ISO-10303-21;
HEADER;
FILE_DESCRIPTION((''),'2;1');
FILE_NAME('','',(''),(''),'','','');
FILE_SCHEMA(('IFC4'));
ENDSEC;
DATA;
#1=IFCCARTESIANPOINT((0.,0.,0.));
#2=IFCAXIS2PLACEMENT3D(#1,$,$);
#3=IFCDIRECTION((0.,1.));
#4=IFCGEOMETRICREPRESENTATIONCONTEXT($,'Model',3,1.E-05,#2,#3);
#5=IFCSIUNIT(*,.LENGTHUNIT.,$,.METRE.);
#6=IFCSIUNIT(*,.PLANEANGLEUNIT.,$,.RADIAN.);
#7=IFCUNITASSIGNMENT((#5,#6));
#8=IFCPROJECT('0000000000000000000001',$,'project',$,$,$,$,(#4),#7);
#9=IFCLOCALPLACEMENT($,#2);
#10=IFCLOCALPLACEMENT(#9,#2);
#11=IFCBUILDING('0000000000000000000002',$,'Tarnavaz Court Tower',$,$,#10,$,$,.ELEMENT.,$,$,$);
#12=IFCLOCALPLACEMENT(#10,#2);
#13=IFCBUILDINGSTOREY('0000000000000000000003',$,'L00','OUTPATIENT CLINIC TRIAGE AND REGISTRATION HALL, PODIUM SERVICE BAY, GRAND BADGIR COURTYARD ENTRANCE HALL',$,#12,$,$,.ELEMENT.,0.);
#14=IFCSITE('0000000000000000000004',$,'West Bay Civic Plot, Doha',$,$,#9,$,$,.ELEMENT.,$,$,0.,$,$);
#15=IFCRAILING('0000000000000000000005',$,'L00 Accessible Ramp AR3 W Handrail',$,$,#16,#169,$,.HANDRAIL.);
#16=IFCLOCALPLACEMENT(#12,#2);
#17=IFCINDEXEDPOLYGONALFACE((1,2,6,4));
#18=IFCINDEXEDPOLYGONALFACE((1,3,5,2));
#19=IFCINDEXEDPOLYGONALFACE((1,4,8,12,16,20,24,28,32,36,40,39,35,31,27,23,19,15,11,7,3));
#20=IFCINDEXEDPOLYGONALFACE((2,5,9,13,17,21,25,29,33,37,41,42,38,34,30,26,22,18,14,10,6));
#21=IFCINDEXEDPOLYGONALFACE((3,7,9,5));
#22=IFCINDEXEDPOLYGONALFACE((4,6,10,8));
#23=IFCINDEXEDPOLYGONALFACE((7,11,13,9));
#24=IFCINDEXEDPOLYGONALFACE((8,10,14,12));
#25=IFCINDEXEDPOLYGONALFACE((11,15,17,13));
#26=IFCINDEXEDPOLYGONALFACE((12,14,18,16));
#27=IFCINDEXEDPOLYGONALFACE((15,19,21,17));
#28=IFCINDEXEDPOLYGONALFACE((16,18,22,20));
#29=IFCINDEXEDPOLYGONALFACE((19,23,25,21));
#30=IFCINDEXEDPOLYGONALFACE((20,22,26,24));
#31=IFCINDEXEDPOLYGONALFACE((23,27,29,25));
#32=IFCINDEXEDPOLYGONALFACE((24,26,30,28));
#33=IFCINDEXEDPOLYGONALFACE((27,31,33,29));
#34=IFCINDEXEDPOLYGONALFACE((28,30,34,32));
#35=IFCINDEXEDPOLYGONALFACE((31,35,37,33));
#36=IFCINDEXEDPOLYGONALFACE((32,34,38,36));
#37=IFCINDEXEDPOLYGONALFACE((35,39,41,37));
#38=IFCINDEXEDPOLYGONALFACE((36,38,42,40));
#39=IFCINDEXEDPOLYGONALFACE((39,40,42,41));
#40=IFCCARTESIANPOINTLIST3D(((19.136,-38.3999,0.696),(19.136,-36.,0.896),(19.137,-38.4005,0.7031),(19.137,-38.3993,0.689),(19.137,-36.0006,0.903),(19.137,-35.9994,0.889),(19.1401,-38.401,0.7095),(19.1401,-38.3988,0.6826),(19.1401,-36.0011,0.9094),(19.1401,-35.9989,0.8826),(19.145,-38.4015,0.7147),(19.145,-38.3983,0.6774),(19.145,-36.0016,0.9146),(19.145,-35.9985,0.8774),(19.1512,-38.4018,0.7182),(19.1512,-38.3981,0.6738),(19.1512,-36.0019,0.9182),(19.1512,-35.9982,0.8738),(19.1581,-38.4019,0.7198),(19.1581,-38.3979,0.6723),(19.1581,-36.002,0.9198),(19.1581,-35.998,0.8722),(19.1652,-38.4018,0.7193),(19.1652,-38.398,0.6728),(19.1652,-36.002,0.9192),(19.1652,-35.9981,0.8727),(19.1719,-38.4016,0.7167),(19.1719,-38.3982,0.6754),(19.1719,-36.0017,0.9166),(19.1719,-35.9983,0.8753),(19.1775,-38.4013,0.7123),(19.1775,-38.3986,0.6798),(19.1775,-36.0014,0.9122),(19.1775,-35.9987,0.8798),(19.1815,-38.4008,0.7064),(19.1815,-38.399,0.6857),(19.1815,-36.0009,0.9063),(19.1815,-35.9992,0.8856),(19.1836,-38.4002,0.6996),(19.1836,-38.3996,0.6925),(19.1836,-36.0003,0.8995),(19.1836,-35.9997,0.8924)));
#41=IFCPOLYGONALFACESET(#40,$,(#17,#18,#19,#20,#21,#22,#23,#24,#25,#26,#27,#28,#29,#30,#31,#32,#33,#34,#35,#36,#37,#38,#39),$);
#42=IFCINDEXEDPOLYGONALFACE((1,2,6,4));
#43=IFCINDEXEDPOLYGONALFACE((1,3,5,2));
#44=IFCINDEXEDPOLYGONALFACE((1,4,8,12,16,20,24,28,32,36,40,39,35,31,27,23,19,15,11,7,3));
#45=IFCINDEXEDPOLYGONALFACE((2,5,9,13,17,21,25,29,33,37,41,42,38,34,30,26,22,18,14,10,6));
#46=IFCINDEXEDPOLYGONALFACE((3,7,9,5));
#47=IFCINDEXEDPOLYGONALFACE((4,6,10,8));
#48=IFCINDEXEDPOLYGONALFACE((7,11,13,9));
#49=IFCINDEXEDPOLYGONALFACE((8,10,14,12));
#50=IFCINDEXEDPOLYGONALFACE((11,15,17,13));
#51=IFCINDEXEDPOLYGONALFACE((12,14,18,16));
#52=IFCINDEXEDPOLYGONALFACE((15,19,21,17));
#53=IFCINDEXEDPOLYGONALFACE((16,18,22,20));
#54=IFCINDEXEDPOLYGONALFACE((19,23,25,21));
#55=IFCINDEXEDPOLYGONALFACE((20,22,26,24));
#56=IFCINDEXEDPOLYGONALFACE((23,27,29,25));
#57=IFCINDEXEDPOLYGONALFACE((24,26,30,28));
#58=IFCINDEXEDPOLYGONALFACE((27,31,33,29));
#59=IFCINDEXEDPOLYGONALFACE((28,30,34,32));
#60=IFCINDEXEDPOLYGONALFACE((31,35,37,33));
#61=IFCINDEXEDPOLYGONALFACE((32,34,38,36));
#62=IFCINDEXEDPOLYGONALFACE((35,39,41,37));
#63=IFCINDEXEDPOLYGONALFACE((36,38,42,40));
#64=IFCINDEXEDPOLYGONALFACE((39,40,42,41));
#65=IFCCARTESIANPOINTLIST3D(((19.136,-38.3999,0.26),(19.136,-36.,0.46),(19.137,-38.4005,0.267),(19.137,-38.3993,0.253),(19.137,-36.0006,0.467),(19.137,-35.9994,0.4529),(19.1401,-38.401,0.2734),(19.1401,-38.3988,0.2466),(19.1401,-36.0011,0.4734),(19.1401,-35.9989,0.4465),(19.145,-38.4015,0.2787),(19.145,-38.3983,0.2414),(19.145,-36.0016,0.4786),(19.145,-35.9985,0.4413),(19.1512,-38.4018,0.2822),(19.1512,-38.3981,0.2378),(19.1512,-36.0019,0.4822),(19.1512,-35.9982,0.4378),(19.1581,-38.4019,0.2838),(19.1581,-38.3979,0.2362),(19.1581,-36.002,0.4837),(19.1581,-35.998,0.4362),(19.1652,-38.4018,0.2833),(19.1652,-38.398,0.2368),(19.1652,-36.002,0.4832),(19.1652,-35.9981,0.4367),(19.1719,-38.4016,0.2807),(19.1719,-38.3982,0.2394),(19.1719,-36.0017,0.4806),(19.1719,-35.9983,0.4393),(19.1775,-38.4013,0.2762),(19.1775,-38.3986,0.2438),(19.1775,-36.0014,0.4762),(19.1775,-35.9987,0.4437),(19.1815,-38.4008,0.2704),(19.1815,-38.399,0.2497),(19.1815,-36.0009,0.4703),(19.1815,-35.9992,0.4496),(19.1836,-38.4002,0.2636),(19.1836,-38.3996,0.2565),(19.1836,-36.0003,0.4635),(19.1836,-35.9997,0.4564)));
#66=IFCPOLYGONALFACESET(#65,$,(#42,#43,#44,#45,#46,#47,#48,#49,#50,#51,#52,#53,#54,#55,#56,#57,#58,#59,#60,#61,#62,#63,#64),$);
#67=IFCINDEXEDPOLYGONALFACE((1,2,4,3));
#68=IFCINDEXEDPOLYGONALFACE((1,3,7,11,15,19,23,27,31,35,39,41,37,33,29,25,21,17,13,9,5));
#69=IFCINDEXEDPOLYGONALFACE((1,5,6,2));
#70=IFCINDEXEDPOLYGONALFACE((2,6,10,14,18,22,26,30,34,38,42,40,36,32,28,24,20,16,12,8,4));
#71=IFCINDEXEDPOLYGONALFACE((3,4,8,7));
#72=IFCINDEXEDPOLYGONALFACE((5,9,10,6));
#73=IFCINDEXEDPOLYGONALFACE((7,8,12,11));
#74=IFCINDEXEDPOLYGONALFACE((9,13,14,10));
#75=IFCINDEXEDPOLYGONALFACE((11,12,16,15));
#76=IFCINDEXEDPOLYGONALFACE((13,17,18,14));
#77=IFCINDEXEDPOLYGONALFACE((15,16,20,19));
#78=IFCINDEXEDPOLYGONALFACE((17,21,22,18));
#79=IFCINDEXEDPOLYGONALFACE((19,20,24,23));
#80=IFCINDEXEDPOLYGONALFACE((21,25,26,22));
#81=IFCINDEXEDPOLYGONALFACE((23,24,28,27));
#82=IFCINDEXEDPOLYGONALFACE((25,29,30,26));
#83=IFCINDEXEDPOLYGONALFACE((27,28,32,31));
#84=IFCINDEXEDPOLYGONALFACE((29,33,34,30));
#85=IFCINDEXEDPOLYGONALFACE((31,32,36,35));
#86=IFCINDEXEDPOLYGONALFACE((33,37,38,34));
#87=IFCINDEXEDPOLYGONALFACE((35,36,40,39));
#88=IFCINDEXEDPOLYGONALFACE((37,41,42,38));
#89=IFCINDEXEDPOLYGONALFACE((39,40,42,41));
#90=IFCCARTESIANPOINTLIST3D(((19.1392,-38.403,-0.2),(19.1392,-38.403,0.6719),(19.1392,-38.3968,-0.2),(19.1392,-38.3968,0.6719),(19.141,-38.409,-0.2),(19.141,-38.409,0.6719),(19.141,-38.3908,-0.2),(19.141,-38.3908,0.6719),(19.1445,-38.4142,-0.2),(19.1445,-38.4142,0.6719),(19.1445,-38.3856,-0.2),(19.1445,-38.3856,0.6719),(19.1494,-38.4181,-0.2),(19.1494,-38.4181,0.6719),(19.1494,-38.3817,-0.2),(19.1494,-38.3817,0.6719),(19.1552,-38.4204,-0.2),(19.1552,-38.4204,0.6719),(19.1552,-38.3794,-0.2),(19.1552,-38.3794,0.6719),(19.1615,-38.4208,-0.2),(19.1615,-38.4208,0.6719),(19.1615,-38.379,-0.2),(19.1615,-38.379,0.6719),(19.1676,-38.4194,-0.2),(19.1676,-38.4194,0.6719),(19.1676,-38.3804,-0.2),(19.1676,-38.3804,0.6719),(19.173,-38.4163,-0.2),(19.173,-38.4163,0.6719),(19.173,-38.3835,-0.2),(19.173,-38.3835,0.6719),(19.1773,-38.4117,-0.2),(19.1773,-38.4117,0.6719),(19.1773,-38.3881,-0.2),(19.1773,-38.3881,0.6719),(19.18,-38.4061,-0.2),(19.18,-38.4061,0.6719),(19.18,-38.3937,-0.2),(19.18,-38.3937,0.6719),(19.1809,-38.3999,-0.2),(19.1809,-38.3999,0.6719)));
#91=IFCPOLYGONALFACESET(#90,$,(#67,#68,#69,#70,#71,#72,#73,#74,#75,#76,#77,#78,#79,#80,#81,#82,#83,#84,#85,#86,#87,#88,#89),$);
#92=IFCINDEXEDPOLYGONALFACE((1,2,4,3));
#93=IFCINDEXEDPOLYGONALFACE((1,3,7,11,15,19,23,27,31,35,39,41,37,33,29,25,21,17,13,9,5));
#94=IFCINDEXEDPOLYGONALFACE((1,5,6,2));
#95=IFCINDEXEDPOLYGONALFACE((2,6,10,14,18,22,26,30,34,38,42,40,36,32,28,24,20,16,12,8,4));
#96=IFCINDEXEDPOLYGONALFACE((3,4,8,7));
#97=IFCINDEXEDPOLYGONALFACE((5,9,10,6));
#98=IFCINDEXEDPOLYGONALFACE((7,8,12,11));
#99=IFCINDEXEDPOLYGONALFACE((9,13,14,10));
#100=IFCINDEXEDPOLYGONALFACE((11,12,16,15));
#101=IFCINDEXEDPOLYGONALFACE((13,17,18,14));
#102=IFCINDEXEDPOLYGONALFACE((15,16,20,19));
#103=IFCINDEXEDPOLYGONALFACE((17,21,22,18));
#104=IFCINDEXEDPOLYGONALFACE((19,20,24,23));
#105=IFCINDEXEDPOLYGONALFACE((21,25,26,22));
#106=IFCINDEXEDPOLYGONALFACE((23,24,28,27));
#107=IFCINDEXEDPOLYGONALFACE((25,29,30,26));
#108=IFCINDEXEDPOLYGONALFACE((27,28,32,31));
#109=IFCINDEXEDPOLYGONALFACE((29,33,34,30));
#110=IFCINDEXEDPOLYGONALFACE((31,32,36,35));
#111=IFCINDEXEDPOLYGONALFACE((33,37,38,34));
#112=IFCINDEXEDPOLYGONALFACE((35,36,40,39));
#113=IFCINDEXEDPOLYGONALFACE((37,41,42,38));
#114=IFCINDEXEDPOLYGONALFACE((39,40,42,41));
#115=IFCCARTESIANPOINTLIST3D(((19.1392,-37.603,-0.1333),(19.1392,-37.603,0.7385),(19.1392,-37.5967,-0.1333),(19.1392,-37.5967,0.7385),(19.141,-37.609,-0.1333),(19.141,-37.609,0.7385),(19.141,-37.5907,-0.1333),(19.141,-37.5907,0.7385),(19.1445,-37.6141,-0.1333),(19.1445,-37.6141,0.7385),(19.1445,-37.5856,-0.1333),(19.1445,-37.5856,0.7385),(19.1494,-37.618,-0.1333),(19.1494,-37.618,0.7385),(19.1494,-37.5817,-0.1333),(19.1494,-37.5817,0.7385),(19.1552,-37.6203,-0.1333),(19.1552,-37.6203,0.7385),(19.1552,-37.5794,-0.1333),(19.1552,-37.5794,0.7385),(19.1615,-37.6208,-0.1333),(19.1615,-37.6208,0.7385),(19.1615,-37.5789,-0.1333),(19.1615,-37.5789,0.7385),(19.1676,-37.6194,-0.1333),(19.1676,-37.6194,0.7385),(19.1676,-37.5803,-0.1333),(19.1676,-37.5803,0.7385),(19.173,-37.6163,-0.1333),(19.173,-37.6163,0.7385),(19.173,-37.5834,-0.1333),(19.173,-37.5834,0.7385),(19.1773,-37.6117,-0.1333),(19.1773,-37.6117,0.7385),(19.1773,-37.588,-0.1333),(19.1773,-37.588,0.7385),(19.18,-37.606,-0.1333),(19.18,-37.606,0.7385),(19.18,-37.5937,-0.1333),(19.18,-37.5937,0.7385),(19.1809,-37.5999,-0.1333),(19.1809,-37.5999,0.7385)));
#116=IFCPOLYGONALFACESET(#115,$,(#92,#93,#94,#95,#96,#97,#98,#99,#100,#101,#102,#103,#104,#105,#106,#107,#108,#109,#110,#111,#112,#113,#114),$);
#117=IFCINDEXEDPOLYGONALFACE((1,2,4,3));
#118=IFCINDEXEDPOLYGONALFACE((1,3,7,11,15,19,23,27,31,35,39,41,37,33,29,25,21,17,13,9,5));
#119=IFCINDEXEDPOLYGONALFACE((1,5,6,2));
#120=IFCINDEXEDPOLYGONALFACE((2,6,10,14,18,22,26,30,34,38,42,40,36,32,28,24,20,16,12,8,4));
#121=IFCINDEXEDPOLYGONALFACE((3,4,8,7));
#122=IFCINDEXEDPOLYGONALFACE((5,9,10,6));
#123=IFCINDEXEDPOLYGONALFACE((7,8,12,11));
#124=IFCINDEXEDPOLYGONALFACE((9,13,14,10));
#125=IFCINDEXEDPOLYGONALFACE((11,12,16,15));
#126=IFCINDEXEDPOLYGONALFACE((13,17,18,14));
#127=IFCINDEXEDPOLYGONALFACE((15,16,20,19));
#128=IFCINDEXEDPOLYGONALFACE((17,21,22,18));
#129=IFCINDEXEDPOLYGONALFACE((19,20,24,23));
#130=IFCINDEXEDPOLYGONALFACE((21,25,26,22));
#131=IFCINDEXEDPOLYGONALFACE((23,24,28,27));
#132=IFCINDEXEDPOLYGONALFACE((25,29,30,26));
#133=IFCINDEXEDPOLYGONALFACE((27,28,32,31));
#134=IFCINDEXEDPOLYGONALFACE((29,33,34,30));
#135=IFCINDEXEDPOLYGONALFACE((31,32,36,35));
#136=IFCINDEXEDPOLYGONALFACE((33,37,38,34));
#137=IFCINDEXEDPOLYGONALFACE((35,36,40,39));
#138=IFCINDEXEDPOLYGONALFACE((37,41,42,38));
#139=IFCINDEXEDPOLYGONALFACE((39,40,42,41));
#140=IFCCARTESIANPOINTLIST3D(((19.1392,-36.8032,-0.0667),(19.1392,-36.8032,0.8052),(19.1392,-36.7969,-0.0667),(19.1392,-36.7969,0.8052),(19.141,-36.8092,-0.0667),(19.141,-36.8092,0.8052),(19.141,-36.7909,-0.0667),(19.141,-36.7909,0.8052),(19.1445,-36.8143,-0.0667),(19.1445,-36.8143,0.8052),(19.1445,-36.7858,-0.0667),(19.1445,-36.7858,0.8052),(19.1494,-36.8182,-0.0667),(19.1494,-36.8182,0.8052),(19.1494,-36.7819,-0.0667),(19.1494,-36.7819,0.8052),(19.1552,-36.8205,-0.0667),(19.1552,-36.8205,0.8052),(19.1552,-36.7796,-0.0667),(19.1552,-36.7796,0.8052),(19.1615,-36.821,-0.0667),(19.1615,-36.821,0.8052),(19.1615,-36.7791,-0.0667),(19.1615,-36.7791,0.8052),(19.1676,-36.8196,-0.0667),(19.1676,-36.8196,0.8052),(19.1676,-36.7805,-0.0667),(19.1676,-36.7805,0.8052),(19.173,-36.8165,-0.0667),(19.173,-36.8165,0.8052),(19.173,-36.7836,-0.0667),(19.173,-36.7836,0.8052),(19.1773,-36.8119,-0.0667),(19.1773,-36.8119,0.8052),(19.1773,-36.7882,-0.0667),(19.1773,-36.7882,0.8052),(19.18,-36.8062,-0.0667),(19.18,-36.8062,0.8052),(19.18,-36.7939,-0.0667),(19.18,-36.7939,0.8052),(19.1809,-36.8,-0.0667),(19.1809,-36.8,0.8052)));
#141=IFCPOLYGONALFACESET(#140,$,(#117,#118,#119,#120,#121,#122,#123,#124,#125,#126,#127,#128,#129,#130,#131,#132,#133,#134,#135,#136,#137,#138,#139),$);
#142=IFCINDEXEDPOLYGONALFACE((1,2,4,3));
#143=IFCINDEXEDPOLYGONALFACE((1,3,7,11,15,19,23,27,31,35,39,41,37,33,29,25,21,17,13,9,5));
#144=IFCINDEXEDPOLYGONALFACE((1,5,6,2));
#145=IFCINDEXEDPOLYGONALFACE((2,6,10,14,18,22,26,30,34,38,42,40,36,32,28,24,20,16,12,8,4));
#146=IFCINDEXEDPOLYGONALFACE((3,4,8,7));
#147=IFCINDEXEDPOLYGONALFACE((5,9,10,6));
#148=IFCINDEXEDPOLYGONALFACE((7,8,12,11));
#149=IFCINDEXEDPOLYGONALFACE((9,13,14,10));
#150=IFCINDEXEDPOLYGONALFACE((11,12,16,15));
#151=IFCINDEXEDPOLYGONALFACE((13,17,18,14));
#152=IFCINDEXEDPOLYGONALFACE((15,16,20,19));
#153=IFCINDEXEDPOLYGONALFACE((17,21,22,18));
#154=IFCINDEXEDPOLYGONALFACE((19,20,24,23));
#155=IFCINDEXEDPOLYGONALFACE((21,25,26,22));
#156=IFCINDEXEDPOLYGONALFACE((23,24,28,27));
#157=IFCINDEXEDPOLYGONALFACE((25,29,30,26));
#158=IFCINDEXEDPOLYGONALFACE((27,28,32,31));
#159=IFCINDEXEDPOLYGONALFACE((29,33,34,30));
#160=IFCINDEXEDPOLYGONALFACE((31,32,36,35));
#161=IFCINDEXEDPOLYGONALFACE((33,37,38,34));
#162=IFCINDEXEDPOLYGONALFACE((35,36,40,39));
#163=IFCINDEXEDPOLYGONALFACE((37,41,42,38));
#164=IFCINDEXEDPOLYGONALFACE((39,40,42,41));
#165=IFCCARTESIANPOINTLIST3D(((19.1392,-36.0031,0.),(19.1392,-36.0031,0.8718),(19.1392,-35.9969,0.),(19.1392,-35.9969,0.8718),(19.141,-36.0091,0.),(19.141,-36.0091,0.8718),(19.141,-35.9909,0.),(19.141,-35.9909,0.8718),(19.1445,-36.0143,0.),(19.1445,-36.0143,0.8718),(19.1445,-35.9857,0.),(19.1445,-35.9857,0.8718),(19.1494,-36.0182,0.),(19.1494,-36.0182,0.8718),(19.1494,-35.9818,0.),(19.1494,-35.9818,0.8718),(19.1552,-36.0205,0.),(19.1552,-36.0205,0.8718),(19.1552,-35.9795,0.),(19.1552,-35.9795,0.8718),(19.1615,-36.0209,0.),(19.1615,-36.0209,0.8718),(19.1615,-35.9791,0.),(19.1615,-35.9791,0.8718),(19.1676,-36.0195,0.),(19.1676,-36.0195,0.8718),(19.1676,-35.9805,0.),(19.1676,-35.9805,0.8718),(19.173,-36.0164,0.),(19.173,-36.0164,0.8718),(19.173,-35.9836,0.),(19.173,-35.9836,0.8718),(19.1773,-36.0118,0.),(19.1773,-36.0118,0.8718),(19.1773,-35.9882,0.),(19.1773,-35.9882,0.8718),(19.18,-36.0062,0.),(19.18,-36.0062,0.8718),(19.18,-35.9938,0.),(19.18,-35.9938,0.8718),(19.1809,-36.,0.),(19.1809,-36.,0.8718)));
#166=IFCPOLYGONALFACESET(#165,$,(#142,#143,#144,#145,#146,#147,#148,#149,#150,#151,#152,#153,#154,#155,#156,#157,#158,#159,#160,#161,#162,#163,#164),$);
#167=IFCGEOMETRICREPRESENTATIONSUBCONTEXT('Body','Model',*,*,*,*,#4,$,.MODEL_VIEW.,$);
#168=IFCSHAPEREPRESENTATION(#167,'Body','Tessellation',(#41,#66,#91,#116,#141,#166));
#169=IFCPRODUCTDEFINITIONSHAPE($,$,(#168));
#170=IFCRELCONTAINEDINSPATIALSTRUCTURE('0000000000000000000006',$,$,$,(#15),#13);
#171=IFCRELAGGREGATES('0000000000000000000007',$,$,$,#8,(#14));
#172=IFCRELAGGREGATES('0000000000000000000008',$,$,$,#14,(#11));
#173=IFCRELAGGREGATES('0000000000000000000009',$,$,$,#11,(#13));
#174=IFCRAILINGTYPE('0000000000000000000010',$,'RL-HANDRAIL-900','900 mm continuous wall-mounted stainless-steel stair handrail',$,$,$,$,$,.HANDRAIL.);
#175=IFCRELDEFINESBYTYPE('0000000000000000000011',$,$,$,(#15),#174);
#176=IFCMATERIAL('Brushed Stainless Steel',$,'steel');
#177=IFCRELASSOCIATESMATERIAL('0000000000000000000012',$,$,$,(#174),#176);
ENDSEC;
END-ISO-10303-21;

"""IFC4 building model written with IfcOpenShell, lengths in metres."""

from ifc_helpers import new_model, si_unit, direction, frame, origin, origin_2d, place, context, subcontext, project, spatial, circle, extrude, material, type_object, element, save


model = new_model("IFC4")

# Units and contexts
model_context = context("Model", 3, precision=1e-05, world=origin(), true_north=direction((0.0, 1.0)))
body_context = subcontext(model_context, "Body", "Model", "MODEL_VIEW")
ifc_project = project(units=[si_unit("LENGTHUNIT", "METRE"), si_unit("PLANEANGLEUNIT", "RADIAN")], contexts=[model_context])

# Site, building, storey
site_placement = place(None, origin())
site = spatial("IfcSite", under=ifc_project, at=site_placement, Name="West Bay Civic Plot, Doha", CompositionType="ELEMENT", RefElevation=0.0)
building_placement = place(site_placement, origin())
building = spatial("IfcBuilding", under=site, at=building_placement, Name="Tarnavaz Court Tower", CompositionType="ELEMENT")
storey_placement = place(building_placement, origin())
storey = spatial("IfcBuildingStorey", under=building, at=storey_placement, Name="L00", Description="OUTPATIENT CLINIC TRIAGE AND REGISTRATION HALL, PODIUM SERVICE BAY, GRAND BADGIR COURTYARD ENTRANCE HALL", CompositionType="ELEMENT", Elevation=0.0)

# Railing
ifc_material_1 = material(Name="Brushed Stainless Steel", Category="steel")
railing_type = type_object("IfcRailingType", Name="RL-HANDRAIL-900", Description="900 mm continuous wall-mounted stainless-steel stair handrail", PredefinedType="HANDRAIL", material=ifc_material_1)
for number, where, name in (
    (1, (19.1599, -38.3999, -0.2), "L00 Accessible Ramp AR3 W Handrail"),
):
    element("IfcRailing", number, at=place(storey_placement, frame(where)), inside=storey, type_object=railing_type, Name=name, PredefinedType="HANDRAIL", context=body_context, shape_type="SweptSolid", body=[
        extrude(circle(Radius=0.0239, at=origin_2d()), frame((0.0, 0.0, 0.896), z_axis=(0.0, 0.996547, 0.083029), x_axis=(-1.0, 0.0, 0.0)), (0.0, 0.0, 1.0), 2.4082),
        extrude(circle(Radius=0.0239, at=origin_2d()), frame((0.0, 0.0, 0.46), z_axis=(0.0, 0.996547, 0.083029), x_axis=(-1.0, 0.0, 0.0)), (0.0, 0.0, 1.0), 2.4082),
        extrude(circle(Radius=0.021, at=origin_2d()), origin(), (0.0, 0.0, 1.0), 0.8718),
        extrude(circle(Radius=0.021, at=origin_2d()), frame((0.0, 0.8, 0.0667)), (0.0, 0.0, 1.0), 0.8718),
        extrude(circle(Radius=0.021, at=origin_2d()), frame((0.0, 1.5999, 0.1333)), (0.0, 0.0, 1.0), 0.8718),
        extrude(circle(Radius=0.021, at=origin_2d()), frame((0.0, 2.3999, 0.2)), (0.0, 0.0, 1.0), 0.8718),
    ])

save(model, "model.ifc")
